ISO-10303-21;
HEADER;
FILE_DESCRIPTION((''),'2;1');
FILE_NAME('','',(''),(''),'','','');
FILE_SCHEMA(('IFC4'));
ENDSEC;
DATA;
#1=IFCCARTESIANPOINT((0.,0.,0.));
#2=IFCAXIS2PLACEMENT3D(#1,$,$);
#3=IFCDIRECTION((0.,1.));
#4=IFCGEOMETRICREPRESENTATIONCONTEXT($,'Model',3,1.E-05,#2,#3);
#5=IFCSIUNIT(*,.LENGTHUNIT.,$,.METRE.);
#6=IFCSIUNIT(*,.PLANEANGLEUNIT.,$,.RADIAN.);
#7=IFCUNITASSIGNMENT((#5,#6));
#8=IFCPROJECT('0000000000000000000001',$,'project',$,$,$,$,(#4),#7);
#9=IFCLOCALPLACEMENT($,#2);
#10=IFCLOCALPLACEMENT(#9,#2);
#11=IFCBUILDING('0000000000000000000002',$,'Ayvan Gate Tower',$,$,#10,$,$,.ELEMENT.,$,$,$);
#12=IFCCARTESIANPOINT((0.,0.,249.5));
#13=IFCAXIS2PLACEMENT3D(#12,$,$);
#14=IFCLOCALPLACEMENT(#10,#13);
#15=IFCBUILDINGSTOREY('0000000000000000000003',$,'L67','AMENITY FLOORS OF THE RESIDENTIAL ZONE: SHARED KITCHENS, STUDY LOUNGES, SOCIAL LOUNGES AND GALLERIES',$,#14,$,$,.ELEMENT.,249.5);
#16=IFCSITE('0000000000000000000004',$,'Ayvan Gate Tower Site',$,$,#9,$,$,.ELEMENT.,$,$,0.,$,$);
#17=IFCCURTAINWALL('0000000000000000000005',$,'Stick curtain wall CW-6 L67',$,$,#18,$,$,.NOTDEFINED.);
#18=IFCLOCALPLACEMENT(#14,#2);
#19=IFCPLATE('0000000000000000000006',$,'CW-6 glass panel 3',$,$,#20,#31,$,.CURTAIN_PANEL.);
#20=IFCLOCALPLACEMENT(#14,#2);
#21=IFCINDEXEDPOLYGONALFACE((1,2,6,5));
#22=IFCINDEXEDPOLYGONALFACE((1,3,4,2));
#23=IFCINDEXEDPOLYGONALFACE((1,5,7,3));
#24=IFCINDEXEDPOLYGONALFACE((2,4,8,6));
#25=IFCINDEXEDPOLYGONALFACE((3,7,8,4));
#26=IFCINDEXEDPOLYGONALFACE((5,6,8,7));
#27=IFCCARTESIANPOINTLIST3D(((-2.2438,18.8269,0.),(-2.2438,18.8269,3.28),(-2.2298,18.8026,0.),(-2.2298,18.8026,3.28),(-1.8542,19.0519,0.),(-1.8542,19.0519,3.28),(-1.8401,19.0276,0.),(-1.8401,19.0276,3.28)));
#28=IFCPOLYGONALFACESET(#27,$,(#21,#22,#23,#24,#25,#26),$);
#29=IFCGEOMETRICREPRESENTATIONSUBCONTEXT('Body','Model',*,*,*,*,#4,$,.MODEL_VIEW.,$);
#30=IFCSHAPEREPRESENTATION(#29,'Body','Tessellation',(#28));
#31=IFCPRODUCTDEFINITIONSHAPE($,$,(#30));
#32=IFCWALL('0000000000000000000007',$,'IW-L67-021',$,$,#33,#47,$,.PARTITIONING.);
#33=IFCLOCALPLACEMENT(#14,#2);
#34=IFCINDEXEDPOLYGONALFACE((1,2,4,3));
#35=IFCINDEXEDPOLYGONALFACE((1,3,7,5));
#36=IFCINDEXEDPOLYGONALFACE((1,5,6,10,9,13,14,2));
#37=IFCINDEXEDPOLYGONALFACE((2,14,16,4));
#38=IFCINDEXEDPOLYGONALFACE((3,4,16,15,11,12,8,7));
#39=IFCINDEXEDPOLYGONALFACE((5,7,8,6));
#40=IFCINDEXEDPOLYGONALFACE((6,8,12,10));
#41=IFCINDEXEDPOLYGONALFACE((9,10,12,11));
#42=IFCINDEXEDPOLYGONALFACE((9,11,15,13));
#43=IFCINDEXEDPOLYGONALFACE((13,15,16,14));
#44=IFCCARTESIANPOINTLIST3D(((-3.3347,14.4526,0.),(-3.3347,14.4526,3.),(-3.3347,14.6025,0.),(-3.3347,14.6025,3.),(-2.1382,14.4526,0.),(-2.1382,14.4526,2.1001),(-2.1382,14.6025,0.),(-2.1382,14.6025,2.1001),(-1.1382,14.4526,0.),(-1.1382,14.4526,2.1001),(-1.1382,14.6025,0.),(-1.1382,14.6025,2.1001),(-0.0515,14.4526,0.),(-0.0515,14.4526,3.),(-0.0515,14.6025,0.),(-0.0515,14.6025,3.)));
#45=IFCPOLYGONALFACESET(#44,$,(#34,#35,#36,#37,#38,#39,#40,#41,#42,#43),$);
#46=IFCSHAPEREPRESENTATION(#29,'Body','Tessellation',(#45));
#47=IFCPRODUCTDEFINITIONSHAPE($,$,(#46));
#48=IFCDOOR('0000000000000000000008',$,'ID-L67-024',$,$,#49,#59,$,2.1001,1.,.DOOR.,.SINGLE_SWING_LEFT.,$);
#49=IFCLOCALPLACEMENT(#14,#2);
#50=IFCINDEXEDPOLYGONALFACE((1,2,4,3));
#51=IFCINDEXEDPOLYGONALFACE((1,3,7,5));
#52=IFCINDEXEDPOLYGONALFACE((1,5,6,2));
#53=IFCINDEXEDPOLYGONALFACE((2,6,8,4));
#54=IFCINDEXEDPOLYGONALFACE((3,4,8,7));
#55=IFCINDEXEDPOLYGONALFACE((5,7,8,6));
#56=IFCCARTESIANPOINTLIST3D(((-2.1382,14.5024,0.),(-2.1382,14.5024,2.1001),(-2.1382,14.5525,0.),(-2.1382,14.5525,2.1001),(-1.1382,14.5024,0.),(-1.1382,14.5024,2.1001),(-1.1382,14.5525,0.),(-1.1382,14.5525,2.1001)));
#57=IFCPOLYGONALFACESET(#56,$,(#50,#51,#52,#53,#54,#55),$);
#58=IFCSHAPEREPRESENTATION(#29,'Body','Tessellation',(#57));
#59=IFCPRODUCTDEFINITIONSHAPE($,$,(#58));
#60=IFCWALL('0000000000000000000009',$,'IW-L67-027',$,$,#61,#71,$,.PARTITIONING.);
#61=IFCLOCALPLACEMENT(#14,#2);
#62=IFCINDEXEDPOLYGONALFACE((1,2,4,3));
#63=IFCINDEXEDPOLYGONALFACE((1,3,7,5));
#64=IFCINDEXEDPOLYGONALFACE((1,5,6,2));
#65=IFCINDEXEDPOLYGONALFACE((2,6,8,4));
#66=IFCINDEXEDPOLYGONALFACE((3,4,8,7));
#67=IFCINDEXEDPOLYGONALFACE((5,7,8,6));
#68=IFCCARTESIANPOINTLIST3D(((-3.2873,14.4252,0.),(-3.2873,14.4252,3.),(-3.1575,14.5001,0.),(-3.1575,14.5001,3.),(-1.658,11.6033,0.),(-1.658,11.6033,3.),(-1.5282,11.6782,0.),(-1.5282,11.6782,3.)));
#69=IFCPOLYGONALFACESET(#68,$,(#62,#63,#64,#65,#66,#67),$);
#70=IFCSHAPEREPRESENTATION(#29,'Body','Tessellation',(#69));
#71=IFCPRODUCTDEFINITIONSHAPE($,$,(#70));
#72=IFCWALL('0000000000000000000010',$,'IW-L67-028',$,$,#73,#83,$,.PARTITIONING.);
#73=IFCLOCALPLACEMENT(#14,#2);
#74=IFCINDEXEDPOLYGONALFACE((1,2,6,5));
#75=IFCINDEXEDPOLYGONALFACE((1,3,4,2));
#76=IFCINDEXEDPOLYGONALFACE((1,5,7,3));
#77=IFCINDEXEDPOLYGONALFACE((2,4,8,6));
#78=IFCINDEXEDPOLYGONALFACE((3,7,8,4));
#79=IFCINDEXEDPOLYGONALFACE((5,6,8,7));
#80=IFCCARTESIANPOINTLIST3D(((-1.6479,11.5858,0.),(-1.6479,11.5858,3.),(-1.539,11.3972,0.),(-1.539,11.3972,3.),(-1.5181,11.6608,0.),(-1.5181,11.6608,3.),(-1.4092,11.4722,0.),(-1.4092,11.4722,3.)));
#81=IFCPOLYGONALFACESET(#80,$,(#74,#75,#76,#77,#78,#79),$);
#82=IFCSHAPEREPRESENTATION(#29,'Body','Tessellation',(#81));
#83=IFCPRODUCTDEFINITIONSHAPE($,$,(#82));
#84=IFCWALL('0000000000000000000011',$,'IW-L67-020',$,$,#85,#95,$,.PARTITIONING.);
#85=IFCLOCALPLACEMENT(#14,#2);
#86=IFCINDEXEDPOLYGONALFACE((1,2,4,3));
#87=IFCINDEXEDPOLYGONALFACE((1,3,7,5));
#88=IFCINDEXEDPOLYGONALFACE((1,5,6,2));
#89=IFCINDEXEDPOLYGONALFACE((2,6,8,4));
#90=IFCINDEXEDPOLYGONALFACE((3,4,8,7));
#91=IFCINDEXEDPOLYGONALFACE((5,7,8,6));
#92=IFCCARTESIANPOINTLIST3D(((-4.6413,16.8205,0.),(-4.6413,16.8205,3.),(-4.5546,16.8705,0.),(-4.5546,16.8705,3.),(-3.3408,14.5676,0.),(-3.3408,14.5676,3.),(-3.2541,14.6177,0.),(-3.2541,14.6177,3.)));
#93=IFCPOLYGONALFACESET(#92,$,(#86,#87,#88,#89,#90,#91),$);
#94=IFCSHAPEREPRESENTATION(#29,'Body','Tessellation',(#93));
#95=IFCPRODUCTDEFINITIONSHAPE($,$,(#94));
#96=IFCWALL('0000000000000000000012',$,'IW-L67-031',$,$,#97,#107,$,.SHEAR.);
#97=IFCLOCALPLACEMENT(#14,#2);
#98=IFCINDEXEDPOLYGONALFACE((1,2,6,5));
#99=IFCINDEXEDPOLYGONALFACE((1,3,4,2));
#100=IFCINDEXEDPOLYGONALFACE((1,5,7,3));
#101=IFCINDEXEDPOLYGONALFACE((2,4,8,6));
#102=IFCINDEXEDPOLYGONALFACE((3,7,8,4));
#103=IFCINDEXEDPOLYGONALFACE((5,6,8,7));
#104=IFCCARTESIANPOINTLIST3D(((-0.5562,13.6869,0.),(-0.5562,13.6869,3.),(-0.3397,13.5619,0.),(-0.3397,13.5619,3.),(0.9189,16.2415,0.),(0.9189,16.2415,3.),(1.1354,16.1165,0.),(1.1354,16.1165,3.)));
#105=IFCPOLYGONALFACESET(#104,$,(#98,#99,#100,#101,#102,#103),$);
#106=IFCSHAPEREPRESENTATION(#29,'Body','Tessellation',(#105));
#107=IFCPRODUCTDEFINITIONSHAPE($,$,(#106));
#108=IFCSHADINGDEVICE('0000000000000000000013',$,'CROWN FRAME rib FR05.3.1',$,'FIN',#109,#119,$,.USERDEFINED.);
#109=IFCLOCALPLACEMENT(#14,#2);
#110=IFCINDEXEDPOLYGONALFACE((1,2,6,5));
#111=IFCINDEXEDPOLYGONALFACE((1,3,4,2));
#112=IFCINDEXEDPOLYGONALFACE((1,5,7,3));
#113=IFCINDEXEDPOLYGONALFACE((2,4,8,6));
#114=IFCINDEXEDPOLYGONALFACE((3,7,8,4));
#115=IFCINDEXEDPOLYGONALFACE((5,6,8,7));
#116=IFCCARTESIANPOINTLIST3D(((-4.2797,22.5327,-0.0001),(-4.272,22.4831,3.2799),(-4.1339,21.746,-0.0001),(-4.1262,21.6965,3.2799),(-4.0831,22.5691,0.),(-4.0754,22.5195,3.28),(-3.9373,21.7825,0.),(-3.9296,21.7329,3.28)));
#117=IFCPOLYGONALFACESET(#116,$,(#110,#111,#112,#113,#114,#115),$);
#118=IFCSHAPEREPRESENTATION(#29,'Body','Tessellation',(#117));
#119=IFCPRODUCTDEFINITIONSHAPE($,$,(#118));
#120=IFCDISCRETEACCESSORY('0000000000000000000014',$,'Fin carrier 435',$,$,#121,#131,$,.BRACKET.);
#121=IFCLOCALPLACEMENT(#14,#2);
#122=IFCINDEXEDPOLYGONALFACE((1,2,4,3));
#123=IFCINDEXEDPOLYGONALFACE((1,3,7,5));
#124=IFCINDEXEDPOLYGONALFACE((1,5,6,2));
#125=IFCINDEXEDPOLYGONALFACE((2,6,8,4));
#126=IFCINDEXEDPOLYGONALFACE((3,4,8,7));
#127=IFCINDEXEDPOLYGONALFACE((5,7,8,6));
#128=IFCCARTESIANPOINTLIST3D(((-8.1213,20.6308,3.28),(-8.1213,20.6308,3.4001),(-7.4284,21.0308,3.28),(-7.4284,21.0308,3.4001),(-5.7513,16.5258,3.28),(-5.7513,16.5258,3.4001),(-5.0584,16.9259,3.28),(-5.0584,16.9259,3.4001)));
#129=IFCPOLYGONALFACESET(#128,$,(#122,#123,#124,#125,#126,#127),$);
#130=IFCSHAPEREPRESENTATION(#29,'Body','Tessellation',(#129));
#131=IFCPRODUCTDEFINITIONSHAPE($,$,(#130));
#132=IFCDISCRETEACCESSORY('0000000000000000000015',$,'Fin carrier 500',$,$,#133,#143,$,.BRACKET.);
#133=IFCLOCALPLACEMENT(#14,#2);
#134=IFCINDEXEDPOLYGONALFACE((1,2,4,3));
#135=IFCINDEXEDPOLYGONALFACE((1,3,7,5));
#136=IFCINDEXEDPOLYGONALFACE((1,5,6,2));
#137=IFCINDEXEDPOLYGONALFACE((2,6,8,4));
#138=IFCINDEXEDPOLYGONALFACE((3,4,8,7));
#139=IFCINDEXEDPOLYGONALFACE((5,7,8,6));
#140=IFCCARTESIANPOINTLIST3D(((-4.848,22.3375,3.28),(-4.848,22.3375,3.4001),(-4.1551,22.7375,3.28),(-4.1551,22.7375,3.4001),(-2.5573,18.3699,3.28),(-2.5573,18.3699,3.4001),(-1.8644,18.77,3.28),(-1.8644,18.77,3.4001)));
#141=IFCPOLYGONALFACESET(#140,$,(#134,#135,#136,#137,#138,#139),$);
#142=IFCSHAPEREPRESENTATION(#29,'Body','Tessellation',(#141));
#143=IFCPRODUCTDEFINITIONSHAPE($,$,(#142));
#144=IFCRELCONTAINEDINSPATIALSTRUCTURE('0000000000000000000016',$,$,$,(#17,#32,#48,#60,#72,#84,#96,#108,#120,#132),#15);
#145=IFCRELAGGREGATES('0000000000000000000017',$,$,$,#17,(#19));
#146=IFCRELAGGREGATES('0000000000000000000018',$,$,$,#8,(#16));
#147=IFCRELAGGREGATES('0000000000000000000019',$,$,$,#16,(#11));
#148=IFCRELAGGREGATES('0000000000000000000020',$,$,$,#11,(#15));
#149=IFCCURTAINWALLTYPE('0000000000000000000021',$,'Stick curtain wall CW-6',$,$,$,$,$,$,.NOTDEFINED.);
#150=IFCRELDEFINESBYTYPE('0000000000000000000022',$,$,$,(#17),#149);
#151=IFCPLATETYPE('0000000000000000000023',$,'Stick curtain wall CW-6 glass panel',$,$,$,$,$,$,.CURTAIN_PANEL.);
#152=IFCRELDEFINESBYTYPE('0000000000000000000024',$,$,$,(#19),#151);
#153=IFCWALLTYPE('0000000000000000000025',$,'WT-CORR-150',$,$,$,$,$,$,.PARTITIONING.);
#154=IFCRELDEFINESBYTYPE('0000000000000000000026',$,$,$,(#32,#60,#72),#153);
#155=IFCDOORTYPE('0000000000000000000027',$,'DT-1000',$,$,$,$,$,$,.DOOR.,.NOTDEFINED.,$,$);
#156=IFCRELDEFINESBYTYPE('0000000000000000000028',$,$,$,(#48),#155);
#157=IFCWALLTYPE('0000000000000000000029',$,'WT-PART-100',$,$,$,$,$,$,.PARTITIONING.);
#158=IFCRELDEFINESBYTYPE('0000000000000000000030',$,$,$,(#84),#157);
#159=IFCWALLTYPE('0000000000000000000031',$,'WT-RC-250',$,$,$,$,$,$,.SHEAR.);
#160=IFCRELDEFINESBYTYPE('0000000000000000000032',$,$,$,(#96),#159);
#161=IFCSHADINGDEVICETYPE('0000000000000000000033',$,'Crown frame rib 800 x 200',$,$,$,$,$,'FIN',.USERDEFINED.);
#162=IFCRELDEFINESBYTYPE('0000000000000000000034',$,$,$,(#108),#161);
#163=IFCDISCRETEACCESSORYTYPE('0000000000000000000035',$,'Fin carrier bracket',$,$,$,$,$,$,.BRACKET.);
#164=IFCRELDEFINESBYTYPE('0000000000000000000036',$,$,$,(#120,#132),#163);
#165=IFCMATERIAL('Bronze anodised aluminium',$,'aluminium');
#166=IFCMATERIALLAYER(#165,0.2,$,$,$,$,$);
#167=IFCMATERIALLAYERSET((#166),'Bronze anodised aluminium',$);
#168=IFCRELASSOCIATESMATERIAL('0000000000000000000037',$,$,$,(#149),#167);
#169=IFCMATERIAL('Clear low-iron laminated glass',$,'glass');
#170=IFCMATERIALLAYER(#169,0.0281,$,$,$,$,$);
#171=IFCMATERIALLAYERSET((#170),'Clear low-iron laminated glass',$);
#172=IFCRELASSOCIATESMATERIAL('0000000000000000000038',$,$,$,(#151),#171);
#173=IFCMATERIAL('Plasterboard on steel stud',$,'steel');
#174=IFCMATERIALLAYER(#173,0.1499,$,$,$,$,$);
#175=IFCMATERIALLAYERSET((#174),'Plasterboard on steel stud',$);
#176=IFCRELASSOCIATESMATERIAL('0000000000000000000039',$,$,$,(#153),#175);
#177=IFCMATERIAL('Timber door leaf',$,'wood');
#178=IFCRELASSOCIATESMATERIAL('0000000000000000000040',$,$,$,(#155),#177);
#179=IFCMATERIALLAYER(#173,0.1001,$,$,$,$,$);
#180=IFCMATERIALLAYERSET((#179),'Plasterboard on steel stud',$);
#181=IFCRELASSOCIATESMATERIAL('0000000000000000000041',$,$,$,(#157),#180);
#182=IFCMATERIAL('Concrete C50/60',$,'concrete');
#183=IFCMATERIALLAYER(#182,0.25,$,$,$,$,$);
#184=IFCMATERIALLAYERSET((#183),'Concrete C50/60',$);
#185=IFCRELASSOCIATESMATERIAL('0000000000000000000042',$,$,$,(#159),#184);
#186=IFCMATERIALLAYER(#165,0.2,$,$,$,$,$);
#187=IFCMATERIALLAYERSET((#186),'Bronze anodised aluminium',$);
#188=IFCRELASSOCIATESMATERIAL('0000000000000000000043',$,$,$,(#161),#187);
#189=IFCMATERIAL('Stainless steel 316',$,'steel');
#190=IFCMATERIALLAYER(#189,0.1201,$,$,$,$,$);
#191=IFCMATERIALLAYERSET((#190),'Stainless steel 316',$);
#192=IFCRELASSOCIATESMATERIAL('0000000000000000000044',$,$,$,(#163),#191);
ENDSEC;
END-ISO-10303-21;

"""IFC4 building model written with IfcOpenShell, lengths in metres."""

from ifc_helpers import new_model, si_unit, direction, frame, frame_2d, origin, origin_2d, place, context, subcontext, project, spatial, polyline, rectangle, outline, extrude, material, layer, layer_set, type_object, element, fill, aggregate, save


model = new_model("IFC4")

# Units and contexts
model_context = context("Model", 3, precision=1e-05, world=origin(), true_north=direction((0.0, 1.0)))
body_context = subcontext(model_context, "Body", "Model", "MODEL_VIEW")
ifc_project = project(units=[si_unit("LENGTHUNIT", "METRE"), si_unit("PLANEANGLEUNIT", "RADIAN")], contexts=[model_context])

# Site, building, storey
site_placement = place(None, origin())
site = spatial("IfcSite", under=ifc_project, at=site_placement, Name="Ayvan Gate Tower Site", CompositionType="ELEMENT", RefElevation=0.0)
building_placement = place(site_placement, origin())
building = spatial("IfcBuilding", under=site, at=building_placement, Name="Ayvan Gate Tower", CompositionType="ELEMENT")
storey_placement = place(building_placement, frame((0.0, 0.0, 249.5)))
storey = spatial("IfcBuildingStorey", under=building, at=storey_placement, Name="L67", Description="AMENITY FLOORS OF THE RESIDENTIAL ZONE: SHARED KITCHENS, STUDY LOUNGES, SOCIAL LOUNGES AND GALLERIES", CompositionType="ELEMENT", Elevation=249.5)

# Shared definitions
ifc_material_1 = material(Name="Concrete C50/60", Category="concrete")

# Curtain wall
ifc_material_2 = material(Name="Bronze anodised aluminium", Category="aluminium")
ifc_layer_1 = layer(ifc_material_2, 0.2)
ifc_layer_set_1 = layer_set([ifc_layer_1], Name="Bronze anodised aluminium")
curtain_wall_type_1 = type_object("IfcCurtainWallType", Name="Stick curtain wall CW-6", PredefinedType="NOTDEFINED", material=ifc_layer_set_1)
curtain_wall_1_placement = place(storey_placement, origin())
curtain_wall_1 = element("IfcCurtainWall", 1, at=curtain_wall_1_placement, inside=storey, type_object=curtain_wall_type_1, Name="Stick curtain wall CW-6 L67", PredefinedType="NOTDEFINED")

# Plate
ifc_material_3 = material(Name="Clear low-iron laminated glass", Category="glass")
ifc_layer_2 = layer(ifc_material_3, 0.0281)
ifc_layer_set_2 = layer_set([ifc_layer_2], Name="Clear low-iron laminated glass")
plate_type_1 = type_object("IfcPlateType", Name="Stick curtain wall CW-6 glass panel", PredefinedType="CURTAIN_PANEL", material=ifc_layer_set_2)
plate_1_placement = place(storey_placement, frame((-2.042, 18.9272, 0.0), z_axis=(0.0, 0.0, 1.0), x_axis=(-0.866025, -0.5, 0.0)))
plate_1 = element("IfcPlate", 2, at=plate_1_placement, type_object=plate_type_1, Name="CW-6 glass panel 3", PredefinedType="CURTAIN_PANEL", context=body_context, shape_type="SweptSolid", body=[
    extrude(rectangle(XDim=0.45, YDim=0.0281, at=origin_2d()), origin(), (0.0, 0.0, 1.0), 3.28),
])
aggregate(curtain_wall_1, [plate_1])

# Wall, opening, door
ifc_material_4 = material(Name="Plasterboard on steel stud", Category="steel")
ifc_layer_3 = layer(ifc_material_4, 0.1499)
ifc_layer_set_3 = layer_set([ifc_layer_3], Name="Plasterboard on steel stud")
wall_type_1 = type_object("IfcWallType", Name="WT-CORR-150", PredefinedType="PARTITIONING", material=ifc_layer_set_3)
wall_1_placement = place(storey_placement, frame((-3.3347, 14.5276, 0.0), z_axis=(0.0, 0.0, 1.0), x_axis=(1.0, 0.0, 0.0)))
wall_1 = element("IfcWall", 3, at=wall_1_placement, inside=storey, type_object=wall_type_1, Name="IW-L67-021", PredefinedType="PARTITIONING", context=body_context, shape_type="SweptSolid", body=[
    extrude(rectangle(XDim=3.2832, YDim=0.1499, at=frame_2d((1.6416, 0.0))), origin(), (0.0, 0.0, 1.0), 3.0),
])
opening_placement = place(wall_1_placement, frame((1.1965, 0.0, 0.0)))
opening = element("IfcOpeningElement", 4, at=opening_placement, cuts=wall_1, PredefinedType="OPENING", context=body_context, shape_type="SweptSolid", body=[
    extrude(rectangle(XDim=1.0, YDim=2.1001, at=frame_2d((0.5, 1.05))), frame((0.0, 0.085, 0.0), z_axis=(0.0, -1.0, 0.0), x_axis=(1.0, 0.0, 0.0)), (0.0, 0.0, 1.0), 0.1699),
])
ifc_material_5 = material(Name="Timber door leaf", Category="wood")
door_type = type_object("IfcDoorType", Name="DT-1000", OperationType="NOTDEFINED", PredefinedType="DOOR", material=ifc_material_5)
door_placement = place(opening_placement, origin())
door = element("IfcDoor", 5, at=door_placement, inside=storey, type_object=door_type, Name="ID-L67-024", OperationType="SINGLE_SWING_LEFT", OverallHeight=2.1001, OverallWidth=1.0, PredefinedType="DOOR", context=body_context, shape_type="SweptSolid", body=[
    extrude(rectangle(XDim=1.0, YDim=2.1001, at=frame_2d((0.5, 1.05))), frame((0.0, 0.0249, 0.0), z_axis=(0.0, -1.0, 0.0), x_axis=(1.0, 0.0, 0.0)), (0.0, 0.0, 1.0), 0.05),
])
fill(opening, door)

# Walls
wall_2_placement = place(storey_placement, frame((-1.593, 11.6406, 0.0), z_axis=(0.0, 0.0, 1.0), x_axis=(-0.500023, 0.866012, 0.0)))
element("IfcWall", 6, at=wall_2_placement, inside=storey, type_object=wall_type_1, Name="IW-L67-027", PredefinedType="PARTITIONING", context=body_context, shape_type="SweptSolid", body=[
    extrude(rectangle(XDim=3.2585, YDim=0.1499, at=frame_2d((1.6294, 0.0))), origin(), (0.0, 0.0, 1.0), 3.0),
])
wall_3_placement = place(storey_placement, frame((-1.583, 11.6233, 0.0), z_axis=(0.0, 0.0, 1.0), x_axis=(0.50024, -0.865887, 0.0)))
element("IfcWall", 7, at=wall_3_placement, inside=storey, type_object=wall_type_1, Name="IW-L67-028", PredefinedType="PARTITIONING", context=body_context, shape_type="SweptSolid", body=[
    extrude(rectangle(XDim=0.2178, YDim=0.1499, at=frame_2d((0.1089, 0.0))), origin(), (0.0, 0.0, 1.0), 3.0),
])
ifc_layer_4 = layer(ifc_material_4, 0.1001)
ifc_layer_set_4 = layer_set([ifc_layer_4], Name="Plasterboard on steel stud")
wall_type_2 = type_object("IfcWallType", Name="WT-PART-100", PredefinedType="PARTITIONING", material=ifc_layer_set_4)
wall_4_placement = place(storey_placement, frame((-3.2974, 14.5925, 0.0), z_axis=(0.0, 0.0, 1.0), x_axis=(-0.499945, 0.866057, 0.0)))
element("IfcWall", 8, at=wall_4_placement, inside=storey, type_object=wall_type_2, Name="IW-L67-020", PredefinedType="PARTITIONING", context=body_context, shape_type="SweptSolid", body=[
    extrude(rectangle(XDim=2.6013, YDim=0.1001, at=frame_2d((1.3008, 0.0))), origin(), (0.0, 0.0, 1.0), 3.0),
])
ifc_layer_5 = layer(ifc_material_1, 0.25)
ifc_layer_set_5 = layer_set([ifc_layer_5], Name="Concrete C50/60")
wall_type_3 = type_object("IfcWallType", Name="WT-RC-250", PredefinedType="SHEAR", material=ifc_layer_set_5)
wall_5_placement = place(storey_placement, frame((-0.448, 13.6243, 0.0), z_axis=(0.0, 0.0, 1.0), x_axis=(0.500038, 0.866004, 0.0)))
element("IfcWall", 9, at=wall_5_placement, inside=storey, type_object=wall_type_3, Name="IW-L67-031", PredefinedType="SHEAR", context=body_context, shape_type="SweptSolid", body=[
    extrude(rectangle(XDim=2.95, YDim=0.25, at=frame_2d((1.4751, 0.0))), origin(), (0.0, 0.0, 1.0), 3.0),
])

# Shading device
ifc_layer_6 = layer(ifc_material_2, 0.2)
ifc_layer_set_6 = layer_set([ifc_layer_6], Name="Bronze anodised aluminium")
shading_device_type = type_object("IfcShadingDeviceType", Name="Crown frame rib 800 x 200", ElementType="FIN", PredefinedType="USERDEFINED", material=ifc_layer_set_6)
shading_device_placement = place(storey_placement, frame((-3.9373, 21.7825, 0.0), z_axis=(0.983236, 0.182335, 0.00045), x_axis=(-0.182335, 0.983236, 0.0)))
element("IfcShadingDevice", 10, at=shading_device_placement, inside=storey, type_object=shading_device_type, Name="CROWN FRAME rib FR05.3.1", ObjectType="FIN", PredefinedType="USERDEFINED", context=body_context, shape_type="SweptSolid", body=[
    extrude(outline(polyline([(0.0, 0.0), (0.8001, 0.0), (0.7499, 3.28), (-0.0501, 3.28), (0.0, 0.0)])), origin(), (0.0, 0.0, -1.0), 0.2),
])

# Discrete accessories
ifc_material_6 = material(Name="Stainless steel 316", Category="steel")
ifc_layer_7 = layer(ifc_material_6, 0.1201)
ifc_layer_set_7 = layer_set([ifc_layer_7], Name="Stainless steel 316")
discrete_accessory_type = type_object("IfcDiscreteAccessoryType", Name="Fin carrier bracket", PredefinedType="BRACKET", material=ifc_layer_set_7)
discrete_accessory_1_placement = place(storey_placement, frame((-6.5898, 18.7783, 3.28), z_axis=(0.0, 0.0, 1.0), x_axis=(-0.866025, -0.5, 0.0)))
element("IfcDiscreteAccessory", 11, at=discrete_accessory_1_placement, inside=storey, type_object=discrete_accessory_type, Name="Fin carrier 435", PredefinedType="BRACKET", context=body_context, shape_type="SweptSolid", body=[
    extrude(rectangle(XDim=0.8, YDim=4.74, at=origin_2d()), origin(), (0.0, 0.0, 1.0), 0.1201),
])
discrete_accessory_2_placement = place(storey_placement, frame((-3.3562, 20.5537, 3.28), z_axis=(0.0, 0.0, 1.0), x_axis=(-0.866025, -0.5, 0.0)))
element("IfcDiscreteAccessory", 12, at=discrete_accessory_2_placement, inside=storey, type_object=discrete_accessory_type, Name="Fin carrier 500", PredefinedType="BRACKET", context=body_context, shape_type="SweptSolid", body=[
    extrude(rectangle(XDim=0.8, YDim=4.5813, at=origin_2d()), origin(), (0.0, 0.0, 1.0), 0.1201),
])

save(model, "model.ifc")
